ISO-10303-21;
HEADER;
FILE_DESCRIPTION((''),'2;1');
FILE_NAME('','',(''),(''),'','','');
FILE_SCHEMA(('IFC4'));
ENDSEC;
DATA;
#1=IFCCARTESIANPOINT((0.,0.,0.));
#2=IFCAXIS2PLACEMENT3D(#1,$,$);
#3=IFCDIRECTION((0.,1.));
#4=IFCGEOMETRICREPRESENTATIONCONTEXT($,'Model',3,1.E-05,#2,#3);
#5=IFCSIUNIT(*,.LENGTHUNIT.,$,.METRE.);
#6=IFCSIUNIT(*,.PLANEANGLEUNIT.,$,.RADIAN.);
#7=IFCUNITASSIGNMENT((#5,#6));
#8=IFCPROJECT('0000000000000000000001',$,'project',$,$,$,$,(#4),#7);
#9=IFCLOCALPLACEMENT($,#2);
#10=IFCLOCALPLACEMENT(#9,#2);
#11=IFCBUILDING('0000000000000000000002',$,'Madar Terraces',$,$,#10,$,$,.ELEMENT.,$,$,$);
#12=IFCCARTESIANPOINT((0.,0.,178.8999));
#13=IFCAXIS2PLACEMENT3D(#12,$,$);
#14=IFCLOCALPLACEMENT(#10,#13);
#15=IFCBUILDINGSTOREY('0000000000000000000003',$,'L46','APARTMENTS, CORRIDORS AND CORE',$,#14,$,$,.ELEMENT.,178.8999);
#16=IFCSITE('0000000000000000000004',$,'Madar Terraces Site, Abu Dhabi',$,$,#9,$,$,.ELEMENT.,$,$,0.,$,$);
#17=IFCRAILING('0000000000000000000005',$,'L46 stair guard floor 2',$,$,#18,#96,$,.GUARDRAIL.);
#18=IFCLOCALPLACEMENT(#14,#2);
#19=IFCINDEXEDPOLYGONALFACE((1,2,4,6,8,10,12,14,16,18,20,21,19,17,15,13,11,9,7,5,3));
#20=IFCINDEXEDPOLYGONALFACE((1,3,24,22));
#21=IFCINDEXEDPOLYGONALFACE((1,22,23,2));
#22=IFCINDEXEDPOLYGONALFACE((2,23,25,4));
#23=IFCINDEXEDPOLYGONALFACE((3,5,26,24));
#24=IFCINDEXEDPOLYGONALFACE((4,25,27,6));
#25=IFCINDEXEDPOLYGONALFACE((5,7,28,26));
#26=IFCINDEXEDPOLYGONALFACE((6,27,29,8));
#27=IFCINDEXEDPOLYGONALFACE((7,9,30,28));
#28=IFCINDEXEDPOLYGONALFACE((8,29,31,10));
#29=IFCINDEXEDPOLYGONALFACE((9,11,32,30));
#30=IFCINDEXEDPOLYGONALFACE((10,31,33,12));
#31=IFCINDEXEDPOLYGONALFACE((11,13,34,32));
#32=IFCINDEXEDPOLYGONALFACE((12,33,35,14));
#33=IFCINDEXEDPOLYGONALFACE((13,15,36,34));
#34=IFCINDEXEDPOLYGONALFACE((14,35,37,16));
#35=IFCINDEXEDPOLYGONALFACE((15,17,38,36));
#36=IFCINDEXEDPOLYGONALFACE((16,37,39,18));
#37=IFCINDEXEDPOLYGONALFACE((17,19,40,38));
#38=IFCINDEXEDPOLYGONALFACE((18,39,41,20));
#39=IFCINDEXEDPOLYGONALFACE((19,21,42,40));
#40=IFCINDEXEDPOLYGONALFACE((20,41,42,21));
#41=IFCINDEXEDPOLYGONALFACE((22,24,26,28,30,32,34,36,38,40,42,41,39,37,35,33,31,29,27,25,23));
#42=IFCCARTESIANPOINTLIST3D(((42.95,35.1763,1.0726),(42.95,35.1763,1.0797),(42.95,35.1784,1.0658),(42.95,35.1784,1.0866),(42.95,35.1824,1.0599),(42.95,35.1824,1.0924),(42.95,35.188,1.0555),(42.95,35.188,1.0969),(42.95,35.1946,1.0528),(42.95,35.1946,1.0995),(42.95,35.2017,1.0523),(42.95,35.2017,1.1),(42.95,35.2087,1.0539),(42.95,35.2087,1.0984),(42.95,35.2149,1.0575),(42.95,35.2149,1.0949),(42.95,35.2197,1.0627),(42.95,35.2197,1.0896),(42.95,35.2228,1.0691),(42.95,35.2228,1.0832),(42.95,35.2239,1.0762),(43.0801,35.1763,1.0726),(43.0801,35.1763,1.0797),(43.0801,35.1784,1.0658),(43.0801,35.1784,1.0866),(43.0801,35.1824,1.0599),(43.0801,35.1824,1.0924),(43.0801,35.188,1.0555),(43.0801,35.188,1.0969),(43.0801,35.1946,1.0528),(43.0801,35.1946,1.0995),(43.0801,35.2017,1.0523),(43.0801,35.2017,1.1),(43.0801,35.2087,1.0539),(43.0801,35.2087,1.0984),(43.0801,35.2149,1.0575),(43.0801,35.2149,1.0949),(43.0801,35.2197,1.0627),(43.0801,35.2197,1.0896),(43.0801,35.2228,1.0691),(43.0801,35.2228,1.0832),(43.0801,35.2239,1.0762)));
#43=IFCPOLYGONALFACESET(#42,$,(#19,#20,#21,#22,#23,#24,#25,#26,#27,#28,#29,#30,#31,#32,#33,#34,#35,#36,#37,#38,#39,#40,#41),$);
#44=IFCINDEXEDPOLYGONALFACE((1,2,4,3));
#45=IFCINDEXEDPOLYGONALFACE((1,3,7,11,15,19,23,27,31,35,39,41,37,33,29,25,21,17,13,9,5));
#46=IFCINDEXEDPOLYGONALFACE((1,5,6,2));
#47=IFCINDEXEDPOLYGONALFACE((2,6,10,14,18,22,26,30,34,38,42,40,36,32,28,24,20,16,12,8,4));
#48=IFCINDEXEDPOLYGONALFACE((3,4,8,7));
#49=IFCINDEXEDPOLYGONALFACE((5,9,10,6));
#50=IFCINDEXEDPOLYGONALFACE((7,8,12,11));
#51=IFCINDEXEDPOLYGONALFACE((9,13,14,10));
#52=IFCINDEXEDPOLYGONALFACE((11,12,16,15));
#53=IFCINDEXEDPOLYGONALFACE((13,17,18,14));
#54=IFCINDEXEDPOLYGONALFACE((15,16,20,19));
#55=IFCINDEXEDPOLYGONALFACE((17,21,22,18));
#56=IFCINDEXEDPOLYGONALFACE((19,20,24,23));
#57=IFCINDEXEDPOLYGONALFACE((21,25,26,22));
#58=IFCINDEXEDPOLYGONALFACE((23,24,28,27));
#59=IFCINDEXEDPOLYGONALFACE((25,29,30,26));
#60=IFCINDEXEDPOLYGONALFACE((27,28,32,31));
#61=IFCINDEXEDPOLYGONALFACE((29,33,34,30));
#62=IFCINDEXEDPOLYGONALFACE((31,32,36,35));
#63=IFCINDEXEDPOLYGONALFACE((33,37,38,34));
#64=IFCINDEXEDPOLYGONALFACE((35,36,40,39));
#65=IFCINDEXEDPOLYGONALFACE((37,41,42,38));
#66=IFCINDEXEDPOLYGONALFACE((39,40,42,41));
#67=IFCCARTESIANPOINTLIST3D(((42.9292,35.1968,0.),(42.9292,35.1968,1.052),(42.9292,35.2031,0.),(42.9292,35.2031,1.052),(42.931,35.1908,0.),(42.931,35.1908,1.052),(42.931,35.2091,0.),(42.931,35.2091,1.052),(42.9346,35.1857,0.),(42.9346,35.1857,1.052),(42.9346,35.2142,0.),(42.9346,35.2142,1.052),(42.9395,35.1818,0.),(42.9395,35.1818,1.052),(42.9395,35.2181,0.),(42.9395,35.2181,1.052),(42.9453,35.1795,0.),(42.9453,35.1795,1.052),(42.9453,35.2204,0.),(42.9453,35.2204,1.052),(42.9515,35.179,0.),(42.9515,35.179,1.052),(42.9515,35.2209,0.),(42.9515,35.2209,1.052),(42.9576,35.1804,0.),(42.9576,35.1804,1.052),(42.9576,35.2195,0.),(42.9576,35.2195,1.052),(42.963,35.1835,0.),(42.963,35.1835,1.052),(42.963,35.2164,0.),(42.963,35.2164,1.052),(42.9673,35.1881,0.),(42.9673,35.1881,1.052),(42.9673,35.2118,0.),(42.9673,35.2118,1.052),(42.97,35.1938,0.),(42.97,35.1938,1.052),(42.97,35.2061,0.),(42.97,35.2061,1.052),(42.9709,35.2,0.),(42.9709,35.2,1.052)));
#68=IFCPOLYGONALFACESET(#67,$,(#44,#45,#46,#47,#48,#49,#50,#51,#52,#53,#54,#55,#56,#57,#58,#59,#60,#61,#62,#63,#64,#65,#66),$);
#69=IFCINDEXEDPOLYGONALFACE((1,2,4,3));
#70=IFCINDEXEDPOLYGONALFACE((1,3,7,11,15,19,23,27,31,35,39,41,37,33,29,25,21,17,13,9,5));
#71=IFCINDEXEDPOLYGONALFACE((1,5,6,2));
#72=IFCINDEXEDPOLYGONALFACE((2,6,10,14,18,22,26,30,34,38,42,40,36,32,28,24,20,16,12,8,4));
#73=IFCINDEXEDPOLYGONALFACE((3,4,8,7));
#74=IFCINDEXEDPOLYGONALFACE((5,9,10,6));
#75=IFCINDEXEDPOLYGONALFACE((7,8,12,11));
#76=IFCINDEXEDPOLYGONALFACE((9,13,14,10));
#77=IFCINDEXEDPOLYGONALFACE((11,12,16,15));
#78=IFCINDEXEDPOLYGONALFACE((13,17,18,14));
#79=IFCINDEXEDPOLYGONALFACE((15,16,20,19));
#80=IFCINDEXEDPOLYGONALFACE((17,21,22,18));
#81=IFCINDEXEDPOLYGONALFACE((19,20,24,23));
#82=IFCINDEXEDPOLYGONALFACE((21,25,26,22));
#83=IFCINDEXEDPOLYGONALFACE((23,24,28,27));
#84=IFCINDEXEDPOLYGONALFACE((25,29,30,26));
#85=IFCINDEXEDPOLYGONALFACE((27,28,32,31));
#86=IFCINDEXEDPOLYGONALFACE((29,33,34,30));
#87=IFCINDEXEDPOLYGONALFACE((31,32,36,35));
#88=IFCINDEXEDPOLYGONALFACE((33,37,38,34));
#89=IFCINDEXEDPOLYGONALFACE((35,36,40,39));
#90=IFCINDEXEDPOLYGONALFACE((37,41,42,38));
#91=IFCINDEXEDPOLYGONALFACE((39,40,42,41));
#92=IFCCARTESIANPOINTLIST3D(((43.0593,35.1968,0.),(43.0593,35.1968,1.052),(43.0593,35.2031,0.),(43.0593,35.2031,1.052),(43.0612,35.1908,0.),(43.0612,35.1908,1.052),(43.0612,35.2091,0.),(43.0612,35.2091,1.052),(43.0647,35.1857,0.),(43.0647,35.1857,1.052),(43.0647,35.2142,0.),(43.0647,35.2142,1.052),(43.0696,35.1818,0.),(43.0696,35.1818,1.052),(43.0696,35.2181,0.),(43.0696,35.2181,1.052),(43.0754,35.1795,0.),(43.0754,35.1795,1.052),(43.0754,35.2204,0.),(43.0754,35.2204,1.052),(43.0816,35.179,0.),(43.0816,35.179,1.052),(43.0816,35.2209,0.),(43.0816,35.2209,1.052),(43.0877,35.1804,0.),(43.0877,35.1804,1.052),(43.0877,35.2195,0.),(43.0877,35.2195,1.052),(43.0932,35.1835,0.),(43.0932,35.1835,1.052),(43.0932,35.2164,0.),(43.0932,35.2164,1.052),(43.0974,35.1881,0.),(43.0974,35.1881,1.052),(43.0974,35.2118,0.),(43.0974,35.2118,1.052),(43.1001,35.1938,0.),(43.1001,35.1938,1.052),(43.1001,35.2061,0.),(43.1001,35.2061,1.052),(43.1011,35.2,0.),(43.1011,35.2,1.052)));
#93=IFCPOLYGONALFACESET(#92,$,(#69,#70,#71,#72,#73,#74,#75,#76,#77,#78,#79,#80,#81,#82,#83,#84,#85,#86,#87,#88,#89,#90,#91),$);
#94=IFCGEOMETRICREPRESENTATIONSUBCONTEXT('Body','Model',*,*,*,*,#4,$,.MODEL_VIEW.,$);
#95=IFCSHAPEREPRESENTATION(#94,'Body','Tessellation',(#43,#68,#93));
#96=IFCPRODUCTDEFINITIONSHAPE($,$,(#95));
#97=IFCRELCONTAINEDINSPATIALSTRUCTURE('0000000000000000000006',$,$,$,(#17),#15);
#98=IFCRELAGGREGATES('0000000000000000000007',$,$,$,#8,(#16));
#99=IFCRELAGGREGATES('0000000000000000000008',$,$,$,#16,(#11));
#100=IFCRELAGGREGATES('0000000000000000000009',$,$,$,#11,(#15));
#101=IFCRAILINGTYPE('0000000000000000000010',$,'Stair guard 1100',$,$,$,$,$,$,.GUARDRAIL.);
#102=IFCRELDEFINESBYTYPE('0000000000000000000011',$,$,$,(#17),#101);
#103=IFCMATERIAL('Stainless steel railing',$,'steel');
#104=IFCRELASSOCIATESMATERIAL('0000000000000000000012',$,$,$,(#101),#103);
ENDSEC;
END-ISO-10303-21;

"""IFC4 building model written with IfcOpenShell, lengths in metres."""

from ifc_helpers import new_model, si_unit, direction, frame, origin, origin_2d, place, context, subcontext, project, spatial, circle, extrude, material, type_object, element, save


model = new_model("IFC4")

# Units and contexts
model_context = context("Model", 3, precision=1e-05, world=origin(), true_north=direction((0.0, 1.0)))
body_context = subcontext(model_context, "Body", "Model", "MODEL_VIEW")
ifc_project = project(units=[si_unit("LENGTHUNIT", "METRE"), si_unit("PLANEANGLEUNIT", "RADIAN")], contexts=[model_context])

# Site, building, storey
site_placement = place(None, origin())
site = spatial("IfcSite", under=ifc_project, at=site_placement, Name="Madar Terraces Site, Abu Dhabi", CompositionType="ELEMENT", RefElevation=0.0)
building_placement = place(site_placement, origin())
building = spatial("IfcBuilding", under=site, at=building_placement, Name="Madar Terraces", CompositionType="ELEMENT")
storey_placement = place(building_placement, frame((0.0, 0.0, 178.8999)))
storey = spatial("IfcBuildingStorey", under=building, at=storey_placement, Name="L46", Description="APARTMENTS, CORRIDORS AND CORE", CompositionType="ELEMENT", Elevation=178.8999)

# Railing
ifc_material_1 = material(Name="Stainless steel railing", Category="steel")
railing_type_1 = type_object("IfcRailingType", Name="Stair guard 1100", PredefinedType="GUARDRAIL", material=ifc_material_1)
railing_1_placement = place(storey_placement, frame((42.95, 35.2, 0.0)))
element("IfcRailing", 1, at=railing_1_placement, inside=storey, type_object=railing_type_1, Name="L46 stair guard floor 2", PredefinedType="GUARDRAIL", context=body_context, shape_type="SweptSolid", body=[
    extrude(circle(Radius=0.0239, at=origin_2d()), frame((0.0, 0.0, 1.0762), z_axis=(1.0, 0.0, 0.0), x_axis=(0.0, 1.0, 0.0)), (0.0, 0.0, 1.0), 0.1301),
    extrude(circle(Radius=0.021, at=origin_2d()), origin(), (0.0, 0.0, 1.0), 1.052),
    extrude(circle(Radius=0.021, at=origin_2d()), frame((0.1301, 0.0, 0.0)), (0.0, 0.0, 1.0), 1.052),
])

save(model, "model.ifc")
